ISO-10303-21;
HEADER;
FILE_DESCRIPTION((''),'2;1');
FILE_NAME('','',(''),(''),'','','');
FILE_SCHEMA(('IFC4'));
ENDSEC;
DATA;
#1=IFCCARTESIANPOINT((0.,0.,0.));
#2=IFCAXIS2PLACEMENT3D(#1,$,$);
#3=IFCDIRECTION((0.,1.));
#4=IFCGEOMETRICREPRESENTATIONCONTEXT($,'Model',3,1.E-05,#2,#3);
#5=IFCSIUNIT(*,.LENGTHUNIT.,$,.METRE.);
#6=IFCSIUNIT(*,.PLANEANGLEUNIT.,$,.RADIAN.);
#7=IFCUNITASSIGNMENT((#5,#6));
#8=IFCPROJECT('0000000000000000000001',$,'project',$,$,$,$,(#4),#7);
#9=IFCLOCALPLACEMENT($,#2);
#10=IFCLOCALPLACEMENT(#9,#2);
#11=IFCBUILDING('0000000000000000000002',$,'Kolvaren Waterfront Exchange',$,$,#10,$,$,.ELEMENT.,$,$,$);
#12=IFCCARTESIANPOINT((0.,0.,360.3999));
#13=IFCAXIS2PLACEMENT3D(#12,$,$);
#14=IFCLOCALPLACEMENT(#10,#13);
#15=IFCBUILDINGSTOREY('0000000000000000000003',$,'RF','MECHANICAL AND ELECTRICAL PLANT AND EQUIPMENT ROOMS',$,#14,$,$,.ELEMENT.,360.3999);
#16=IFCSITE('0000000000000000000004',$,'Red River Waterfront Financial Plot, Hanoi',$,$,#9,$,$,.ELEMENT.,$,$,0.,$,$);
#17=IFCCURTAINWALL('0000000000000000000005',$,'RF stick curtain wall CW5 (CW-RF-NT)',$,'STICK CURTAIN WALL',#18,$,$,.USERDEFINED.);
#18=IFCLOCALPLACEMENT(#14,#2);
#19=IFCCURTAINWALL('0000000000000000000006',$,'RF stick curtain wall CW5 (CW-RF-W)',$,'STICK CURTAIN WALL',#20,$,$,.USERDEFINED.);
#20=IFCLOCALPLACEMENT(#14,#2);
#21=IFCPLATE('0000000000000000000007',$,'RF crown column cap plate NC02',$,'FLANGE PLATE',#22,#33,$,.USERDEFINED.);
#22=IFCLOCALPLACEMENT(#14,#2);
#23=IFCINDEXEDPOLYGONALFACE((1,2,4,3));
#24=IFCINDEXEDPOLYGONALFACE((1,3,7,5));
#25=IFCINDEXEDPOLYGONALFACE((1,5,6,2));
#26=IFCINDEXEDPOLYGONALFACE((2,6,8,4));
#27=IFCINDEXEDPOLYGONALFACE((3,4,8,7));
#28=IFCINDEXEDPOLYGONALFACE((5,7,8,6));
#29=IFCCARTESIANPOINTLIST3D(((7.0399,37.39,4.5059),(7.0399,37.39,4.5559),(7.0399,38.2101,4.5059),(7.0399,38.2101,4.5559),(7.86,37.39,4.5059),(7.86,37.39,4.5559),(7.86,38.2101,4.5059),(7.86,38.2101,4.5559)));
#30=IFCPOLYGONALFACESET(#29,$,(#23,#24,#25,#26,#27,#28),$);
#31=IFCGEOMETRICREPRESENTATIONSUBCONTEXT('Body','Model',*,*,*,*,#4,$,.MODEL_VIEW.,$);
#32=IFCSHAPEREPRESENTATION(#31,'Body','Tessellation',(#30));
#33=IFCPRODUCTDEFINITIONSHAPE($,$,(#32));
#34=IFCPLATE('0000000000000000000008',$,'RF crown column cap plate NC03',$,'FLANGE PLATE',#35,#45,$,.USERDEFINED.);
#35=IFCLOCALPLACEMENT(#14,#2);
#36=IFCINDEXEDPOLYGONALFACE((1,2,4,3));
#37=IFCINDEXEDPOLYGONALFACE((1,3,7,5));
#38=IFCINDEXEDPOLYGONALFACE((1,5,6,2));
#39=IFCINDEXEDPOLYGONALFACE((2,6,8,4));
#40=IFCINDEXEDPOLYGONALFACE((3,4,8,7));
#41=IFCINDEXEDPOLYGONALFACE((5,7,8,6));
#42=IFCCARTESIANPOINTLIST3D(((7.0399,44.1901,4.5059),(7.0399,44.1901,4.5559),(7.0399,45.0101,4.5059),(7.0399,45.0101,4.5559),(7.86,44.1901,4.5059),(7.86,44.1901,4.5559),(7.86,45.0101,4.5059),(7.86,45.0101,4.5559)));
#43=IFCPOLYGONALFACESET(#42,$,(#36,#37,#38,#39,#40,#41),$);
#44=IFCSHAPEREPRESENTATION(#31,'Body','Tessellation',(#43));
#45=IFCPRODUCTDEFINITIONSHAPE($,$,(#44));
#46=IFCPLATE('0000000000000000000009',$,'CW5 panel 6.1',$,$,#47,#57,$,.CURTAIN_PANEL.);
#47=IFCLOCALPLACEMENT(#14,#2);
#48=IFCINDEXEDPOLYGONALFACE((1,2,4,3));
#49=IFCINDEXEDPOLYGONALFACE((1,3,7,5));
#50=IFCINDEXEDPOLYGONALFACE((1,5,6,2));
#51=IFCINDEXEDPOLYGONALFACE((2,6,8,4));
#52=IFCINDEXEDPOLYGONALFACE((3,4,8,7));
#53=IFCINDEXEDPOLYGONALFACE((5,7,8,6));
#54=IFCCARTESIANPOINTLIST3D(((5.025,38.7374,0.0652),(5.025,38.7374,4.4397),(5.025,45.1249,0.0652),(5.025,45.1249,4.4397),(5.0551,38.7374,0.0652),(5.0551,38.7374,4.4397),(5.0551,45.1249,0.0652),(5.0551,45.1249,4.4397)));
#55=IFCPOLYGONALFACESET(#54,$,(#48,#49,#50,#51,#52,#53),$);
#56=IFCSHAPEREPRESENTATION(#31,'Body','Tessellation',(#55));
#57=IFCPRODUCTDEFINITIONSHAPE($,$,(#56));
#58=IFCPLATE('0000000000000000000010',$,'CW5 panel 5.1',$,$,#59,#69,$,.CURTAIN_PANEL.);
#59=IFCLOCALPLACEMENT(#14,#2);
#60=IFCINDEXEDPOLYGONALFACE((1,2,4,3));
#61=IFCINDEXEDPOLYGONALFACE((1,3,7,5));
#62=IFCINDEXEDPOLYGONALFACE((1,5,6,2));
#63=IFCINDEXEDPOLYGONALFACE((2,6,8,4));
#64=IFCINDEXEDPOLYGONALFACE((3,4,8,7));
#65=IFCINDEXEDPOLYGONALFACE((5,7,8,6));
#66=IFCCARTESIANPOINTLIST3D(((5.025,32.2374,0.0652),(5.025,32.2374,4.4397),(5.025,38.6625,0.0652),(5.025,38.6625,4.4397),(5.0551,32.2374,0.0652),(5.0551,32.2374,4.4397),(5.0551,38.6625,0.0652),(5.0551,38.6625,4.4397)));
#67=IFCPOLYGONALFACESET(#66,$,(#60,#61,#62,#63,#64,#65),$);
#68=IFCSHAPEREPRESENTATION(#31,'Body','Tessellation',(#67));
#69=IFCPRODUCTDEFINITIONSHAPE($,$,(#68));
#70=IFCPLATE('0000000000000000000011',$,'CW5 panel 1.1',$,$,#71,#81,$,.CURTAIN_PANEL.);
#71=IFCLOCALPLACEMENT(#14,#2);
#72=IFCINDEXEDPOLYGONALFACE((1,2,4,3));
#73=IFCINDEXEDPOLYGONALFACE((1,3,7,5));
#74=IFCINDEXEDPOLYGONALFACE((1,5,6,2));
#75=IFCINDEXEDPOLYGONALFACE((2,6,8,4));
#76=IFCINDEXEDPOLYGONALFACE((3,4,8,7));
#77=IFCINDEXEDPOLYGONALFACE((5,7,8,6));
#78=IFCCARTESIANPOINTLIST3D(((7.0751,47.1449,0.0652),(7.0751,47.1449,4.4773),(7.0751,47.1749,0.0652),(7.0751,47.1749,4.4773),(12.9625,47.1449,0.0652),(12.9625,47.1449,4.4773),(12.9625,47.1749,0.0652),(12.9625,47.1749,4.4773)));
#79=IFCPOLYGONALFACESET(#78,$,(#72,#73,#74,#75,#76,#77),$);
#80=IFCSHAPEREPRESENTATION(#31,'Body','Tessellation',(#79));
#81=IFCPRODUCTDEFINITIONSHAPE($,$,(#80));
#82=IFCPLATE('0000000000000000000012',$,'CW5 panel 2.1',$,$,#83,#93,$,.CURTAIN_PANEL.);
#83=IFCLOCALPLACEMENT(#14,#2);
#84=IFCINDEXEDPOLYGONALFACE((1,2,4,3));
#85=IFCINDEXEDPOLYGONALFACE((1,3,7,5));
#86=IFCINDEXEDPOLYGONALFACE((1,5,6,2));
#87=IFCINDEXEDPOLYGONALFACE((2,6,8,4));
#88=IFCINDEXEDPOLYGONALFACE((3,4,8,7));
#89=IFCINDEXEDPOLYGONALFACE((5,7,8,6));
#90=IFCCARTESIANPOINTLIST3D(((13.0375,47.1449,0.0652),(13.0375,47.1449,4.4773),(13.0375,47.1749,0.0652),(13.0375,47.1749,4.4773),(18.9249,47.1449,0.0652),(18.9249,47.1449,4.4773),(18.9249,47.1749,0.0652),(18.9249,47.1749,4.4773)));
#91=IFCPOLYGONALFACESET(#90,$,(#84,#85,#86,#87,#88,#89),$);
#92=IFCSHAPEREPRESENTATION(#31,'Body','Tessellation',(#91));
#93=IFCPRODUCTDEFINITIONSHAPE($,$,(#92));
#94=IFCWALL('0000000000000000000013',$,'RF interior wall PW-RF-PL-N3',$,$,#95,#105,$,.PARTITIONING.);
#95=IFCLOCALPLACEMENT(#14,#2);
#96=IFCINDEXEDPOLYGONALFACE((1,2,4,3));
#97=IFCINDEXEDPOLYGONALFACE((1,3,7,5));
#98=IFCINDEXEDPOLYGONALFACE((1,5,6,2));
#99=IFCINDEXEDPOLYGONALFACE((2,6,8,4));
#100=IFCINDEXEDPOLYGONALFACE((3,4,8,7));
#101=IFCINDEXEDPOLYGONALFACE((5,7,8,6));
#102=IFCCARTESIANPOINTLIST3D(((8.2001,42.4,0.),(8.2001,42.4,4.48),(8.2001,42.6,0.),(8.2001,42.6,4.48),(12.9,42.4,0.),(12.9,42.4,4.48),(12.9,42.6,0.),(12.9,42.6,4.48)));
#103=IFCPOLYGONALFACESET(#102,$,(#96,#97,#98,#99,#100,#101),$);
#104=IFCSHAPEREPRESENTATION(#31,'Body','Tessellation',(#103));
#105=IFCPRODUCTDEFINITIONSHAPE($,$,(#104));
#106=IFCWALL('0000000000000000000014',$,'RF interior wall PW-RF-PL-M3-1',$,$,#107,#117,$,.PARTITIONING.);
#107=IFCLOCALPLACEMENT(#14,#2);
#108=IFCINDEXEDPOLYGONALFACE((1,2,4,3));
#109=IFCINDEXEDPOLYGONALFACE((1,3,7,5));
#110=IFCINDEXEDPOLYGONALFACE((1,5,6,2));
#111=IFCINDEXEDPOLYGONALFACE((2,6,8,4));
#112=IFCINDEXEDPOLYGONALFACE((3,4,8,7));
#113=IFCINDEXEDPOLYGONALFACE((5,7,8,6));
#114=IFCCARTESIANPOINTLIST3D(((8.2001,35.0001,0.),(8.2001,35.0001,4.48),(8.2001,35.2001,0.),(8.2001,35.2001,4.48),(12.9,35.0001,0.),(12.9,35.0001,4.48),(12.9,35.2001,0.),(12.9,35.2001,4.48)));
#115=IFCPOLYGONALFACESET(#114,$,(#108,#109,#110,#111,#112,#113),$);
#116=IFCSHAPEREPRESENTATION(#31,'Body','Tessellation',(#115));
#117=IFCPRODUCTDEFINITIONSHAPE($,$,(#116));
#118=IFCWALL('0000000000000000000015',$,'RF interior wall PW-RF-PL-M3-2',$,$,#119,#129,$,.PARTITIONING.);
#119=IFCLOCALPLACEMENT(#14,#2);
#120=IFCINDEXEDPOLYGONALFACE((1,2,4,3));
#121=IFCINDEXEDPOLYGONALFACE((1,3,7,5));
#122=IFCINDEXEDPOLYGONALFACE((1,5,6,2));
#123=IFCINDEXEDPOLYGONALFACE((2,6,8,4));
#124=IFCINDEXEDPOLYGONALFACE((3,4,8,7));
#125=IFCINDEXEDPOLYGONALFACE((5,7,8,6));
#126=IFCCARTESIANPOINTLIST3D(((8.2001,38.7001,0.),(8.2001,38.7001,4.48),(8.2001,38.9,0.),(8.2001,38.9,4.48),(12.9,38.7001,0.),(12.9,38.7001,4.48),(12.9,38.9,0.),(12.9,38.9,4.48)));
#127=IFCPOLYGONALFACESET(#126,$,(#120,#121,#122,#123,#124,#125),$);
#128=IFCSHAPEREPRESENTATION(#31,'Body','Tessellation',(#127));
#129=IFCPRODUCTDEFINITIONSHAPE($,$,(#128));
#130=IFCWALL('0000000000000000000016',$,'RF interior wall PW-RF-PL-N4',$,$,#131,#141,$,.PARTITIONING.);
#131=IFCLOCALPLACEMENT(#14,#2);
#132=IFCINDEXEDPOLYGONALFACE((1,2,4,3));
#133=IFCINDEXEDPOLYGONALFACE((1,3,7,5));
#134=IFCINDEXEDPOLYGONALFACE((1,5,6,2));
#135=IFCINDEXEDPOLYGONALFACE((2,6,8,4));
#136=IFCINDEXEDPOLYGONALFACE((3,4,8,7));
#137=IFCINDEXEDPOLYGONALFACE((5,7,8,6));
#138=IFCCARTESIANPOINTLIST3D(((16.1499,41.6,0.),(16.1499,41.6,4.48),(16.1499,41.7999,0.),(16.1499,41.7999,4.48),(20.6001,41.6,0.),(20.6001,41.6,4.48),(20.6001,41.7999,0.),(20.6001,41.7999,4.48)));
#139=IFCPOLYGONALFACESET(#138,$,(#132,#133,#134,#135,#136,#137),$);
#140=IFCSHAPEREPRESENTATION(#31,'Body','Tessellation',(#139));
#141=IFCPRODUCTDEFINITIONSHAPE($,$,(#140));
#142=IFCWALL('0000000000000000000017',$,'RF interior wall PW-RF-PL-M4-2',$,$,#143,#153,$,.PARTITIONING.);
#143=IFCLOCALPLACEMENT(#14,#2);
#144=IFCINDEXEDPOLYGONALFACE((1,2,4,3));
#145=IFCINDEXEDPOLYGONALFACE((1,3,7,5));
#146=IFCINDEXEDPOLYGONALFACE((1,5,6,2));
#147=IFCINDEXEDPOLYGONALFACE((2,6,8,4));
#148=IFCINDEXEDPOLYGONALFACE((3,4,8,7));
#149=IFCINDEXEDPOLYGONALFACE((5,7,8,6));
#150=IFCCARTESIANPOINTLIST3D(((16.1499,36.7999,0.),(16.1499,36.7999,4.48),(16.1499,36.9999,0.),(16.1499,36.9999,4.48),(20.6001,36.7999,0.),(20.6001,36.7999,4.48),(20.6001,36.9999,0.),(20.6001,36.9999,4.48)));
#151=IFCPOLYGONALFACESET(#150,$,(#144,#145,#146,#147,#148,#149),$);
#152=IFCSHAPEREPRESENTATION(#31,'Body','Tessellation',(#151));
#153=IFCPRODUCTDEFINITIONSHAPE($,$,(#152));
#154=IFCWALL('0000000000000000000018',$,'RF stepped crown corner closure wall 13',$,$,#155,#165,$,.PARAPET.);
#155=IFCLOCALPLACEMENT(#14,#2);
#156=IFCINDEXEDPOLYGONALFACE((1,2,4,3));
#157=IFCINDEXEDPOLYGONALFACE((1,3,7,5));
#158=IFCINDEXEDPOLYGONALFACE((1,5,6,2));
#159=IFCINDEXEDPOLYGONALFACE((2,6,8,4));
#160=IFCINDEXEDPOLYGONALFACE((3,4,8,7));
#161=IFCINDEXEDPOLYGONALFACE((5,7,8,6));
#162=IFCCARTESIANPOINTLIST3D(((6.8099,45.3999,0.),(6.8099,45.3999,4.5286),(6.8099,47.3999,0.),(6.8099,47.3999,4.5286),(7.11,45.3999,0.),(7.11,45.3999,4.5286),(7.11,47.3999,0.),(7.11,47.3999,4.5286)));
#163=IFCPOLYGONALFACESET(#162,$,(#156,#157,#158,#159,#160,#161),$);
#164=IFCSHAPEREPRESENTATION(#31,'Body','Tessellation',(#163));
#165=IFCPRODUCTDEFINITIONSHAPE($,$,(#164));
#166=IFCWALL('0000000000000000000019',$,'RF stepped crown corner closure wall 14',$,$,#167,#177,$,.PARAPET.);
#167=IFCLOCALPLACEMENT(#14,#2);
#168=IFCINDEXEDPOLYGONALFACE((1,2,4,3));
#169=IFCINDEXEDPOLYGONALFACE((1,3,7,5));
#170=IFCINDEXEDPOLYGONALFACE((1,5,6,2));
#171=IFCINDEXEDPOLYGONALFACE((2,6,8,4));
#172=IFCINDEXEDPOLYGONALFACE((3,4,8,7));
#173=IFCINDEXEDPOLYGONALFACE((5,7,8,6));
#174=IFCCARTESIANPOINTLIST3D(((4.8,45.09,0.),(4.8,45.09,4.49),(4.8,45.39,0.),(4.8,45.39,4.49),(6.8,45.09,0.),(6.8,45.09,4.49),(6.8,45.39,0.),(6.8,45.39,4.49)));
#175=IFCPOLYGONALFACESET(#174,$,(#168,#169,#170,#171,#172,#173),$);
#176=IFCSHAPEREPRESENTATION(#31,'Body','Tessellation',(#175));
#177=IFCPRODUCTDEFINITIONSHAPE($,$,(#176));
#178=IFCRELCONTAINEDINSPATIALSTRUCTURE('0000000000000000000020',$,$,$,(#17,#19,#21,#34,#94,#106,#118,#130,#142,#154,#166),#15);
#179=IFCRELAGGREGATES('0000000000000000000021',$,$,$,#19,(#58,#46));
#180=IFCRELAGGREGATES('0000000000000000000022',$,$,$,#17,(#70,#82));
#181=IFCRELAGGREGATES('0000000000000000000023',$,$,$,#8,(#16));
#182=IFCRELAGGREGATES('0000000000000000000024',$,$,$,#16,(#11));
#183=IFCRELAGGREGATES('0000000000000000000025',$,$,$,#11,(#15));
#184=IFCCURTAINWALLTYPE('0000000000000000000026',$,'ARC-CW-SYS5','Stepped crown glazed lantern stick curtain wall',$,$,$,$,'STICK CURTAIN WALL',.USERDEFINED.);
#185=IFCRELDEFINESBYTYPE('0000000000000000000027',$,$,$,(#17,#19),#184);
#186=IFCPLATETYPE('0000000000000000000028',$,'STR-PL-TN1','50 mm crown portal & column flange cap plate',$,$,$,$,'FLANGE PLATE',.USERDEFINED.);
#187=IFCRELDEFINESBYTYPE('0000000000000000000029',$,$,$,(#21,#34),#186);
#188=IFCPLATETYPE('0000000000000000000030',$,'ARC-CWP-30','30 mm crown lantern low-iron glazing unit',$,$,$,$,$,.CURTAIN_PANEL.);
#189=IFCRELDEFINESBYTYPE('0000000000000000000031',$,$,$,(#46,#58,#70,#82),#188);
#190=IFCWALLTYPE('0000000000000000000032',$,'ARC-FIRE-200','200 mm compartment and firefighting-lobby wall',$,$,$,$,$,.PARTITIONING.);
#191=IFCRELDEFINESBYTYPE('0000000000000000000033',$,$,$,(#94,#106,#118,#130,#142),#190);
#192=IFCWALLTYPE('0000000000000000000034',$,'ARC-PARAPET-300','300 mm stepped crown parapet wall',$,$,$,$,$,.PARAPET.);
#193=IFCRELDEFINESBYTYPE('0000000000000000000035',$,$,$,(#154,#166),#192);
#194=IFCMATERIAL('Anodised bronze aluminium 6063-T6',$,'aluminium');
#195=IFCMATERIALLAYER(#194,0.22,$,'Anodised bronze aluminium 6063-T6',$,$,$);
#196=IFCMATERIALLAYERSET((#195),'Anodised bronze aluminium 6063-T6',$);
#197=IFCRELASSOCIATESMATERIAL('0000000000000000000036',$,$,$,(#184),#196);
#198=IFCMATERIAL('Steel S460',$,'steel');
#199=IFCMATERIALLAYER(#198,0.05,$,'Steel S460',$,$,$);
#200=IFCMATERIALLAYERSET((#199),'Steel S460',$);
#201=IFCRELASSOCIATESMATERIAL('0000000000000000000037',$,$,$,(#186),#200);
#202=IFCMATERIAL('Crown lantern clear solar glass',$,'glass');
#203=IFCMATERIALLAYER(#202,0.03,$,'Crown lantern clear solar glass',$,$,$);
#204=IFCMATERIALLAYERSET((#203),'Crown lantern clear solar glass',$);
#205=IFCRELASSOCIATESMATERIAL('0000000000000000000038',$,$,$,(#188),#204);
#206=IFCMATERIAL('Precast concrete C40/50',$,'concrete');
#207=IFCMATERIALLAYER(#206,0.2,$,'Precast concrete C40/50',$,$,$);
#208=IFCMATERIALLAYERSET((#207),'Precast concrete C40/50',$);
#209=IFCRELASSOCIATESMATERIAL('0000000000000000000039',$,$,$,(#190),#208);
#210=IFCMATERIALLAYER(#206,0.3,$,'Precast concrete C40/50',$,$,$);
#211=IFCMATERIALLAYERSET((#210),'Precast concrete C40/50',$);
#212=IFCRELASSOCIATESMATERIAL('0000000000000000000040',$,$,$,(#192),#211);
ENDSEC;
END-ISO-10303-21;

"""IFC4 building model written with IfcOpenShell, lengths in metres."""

from ifc_helpers import new_model, si_unit, direction, frame, frame_2d, origin, origin_with_axes, origin_2d, place, context, subcontext, project, spatial, rectangle, extrude, source, transform, mapped, material, layer, layer_set, type_object, element, aggregate, save


model = new_model("IFC4")

# Units and contexts
model_context = context("Model", 3, precision=1e-05, world=origin(), true_north=direction((0.0, 1.0)))
body_context = subcontext(model_context, "Body", "Model", "MODEL_VIEW")
ifc_project = project(units=[si_unit("LENGTHUNIT", "METRE"), si_unit("PLANEANGLEUNIT", "RADIAN")], contexts=[model_context])

# Site, building, storey
site_placement = place(None, origin())
site = spatial("IfcSite", under=ifc_project, at=site_placement, Name="Red River Waterfront Financial Plot, Hanoi", CompositionType="ELEMENT", RefElevation=0.0)
building_placement = place(site_placement, origin())
building = spatial("IfcBuilding", under=site, at=building_placement, Name="Kolvaren Waterfront Exchange", CompositionType="ELEMENT")
storey_placement = place(building_placement, frame((0.0, 0.0, 360.3999)))
storey = spatial("IfcBuildingStorey", under=building, at=storey_placement, Name="RF", Description="MECHANICAL AND ELECTRICAL PLANT AND EQUIPMENT ROOMS", CompositionType="ELEMENT", Elevation=360.3999)

# Curtain walls
ifc_material_1 = material(Name="Anodised bronze aluminium 6063-T6", Category="aluminium")
ifc_layer_1 = layer(ifc_material_1, 0.22, Name="Anodised bronze aluminium 6063-T6")
ifc_layer_set_1 = layer_set([ifc_layer_1], Name="Anodised bronze aluminium 6063-T6")
curtain_wall_type = type_object("IfcCurtainWallType", Name="ARC-CW-SYS5", Description="Stepped crown glazed lantern stick curtain wall", ElementType="STICK CURTAIN WALL", PredefinedType="USERDEFINED", material=ifc_layer_set_1)
curtain_wall_1_placement = place(storey_placement, origin())
curtain_wall_1 = element("IfcCurtainWall", 1, at=curtain_wall_1_placement, inside=storey, type_object=curtain_wall_type, Name="RF stick curtain wall CW5 (CW-RF-NT)", ObjectType="STICK CURTAIN WALL", PredefinedType="USERDEFINED")
curtain_wall_2_placement = place(storey_placement, origin())
curtain_wall_2 = element("IfcCurtainWall", 2, at=curtain_wall_2_placement, inside=storey, type_object=curtain_wall_type, Name="RF stick curtain wall CW5 (CW-RF-W)", ObjectType="STICK CURTAIN WALL", PredefinedType="USERDEFINED")

# Plates
ifc_material_2 = material(Name="Steel S460", Category="steel")
ifc_layer_2 = layer(ifc_material_2, 0.05, Name="Steel S460")
ifc_layer_set_2 = layer_set([ifc_layer_2], Name="Steel S460")
plate_type_1 = type_object("IfcPlateType", Name="STR-PL-TN1", Description="50 mm crown portal & column flange cap plate", ElementType="FLANGE PLATE", PredefinedType="USERDEFINED", material=ifc_layer_set_2)
shared_shape_1 = source(origin_with_axes(), body_context, "Body", "SweptSolid", [
    extrude(rectangle(XDim=0.8201, YDim=0.8201, at=origin_2d()), origin(), (0.0, 0.0, 1.0), 0.05),
])
for number, where, z_axis, x_axis, name in (
    (3, (7.45, 37.8, 4.5059), (0.0, 0.0, 1.0), (1.0, 0.0, 0.0), "RF crown column cap plate NC02"),
    (4, (7.45, 44.6001, 4.5059), (0.0, 0.0, 1.0), (1.0, 0.0, 0.0), "RF crown column cap plate NC03"),
):
    element("IfcPlate", number, at=place(storey_placement, frame(where, z_axis=z_axis, x_axis=x_axis)), inside=storey, type_object=plate_type_1, Name=name, ObjectType="FLANGE PLATE", PredefinedType="USERDEFINED", context=body_context, shape_type="MappedRepresentation", body=[
        mapped(shared_shape_1, transform((0.0, 0.0, 0.0), x_axis=(1.0, 0.0, 0.0), y_axis=(0.0, 1.0, 0.0), z_axis=(0.0, 0.0, 1.0), scale=1.0)),
    ])

# Plates
ifc_material_3 = material(Name="Crown lantern clear solar glass", Category="glass")
ifc_layer_3 = layer(ifc_material_3, 0.03, Name="Crown lantern clear solar glass")
ifc_layer_set_3 = layer_set([ifc_layer_3], Name="Crown lantern clear solar glass")
plate_type_2 = type_object("IfcPlateType", Name="ARC-CWP-30", Description="30 mm crown lantern low-iron glazing unit", PredefinedType="CURTAIN_PANEL", material=ifc_layer_set_3)
shared_shape_2 = source(origin_with_axes(), body_context, "Body", "SweptSolid", [
    extrude(rectangle(XDim=6.3875, YDim=0.03, at=origin_2d()), origin(), (0.0, 0.0, 1.0), 4.3745),
])
plate_1_placement = place(storey_placement, frame((5.04, 41.9312, 0.0652), z_axis=(0.0, 0.0, 1.0), x_axis=(0.0, 1.0, 0.0)))
plate_1 = element("IfcPlate", 5, at=plate_1_placement, type_object=plate_type_2, Name="CW5 panel 6.1", PredefinedType="CURTAIN_PANEL", context=body_context, shape_type="MappedRepresentation", body=[
    mapped(shared_shape_2, transform((0.0, 0.0, 0.0), x_axis=(1.0, 0.0, 0.0), y_axis=(0.0, 1.0, 0.0), z_axis=(0.0, 0.0, 1.0), scale=1.0)),
])
shared_shape_3 = source(origin_with_axes(), body_context, "Body", "SweptSolid", [
    extrude(rectangle(XDim=6.425, YDim=0.03, at=origin_2d()), origin(), (0.0, 0.0, 1.0), 4.3745),
])
plate_2_placement = place(storey_placement, frame((5.04, 35.45, 0.0652), z_axis=(0.0, 0.0, 1.0), x_axis=(0.0, 1.0, 0.0)))
plate_2 = element("IfcPlate", 6, at=plate_2_placement, type_object=plate_type_2, Name="CW5 panel 5.1", PredefinedType="CURTAIN_PANEL", context=body_context, shape_type="MappedRepresentation", body=[
    mapped(shared_shape_3, transform((0.0, 0.0, 0.0), x_axis=(1.0, 0.0, 0.0), y_axis=(0.0, 1.0, 0.0), z_axis=(0.0, 0.0, 1.0), scale=1.0)),
])
aggregate(curtain_wall_2, [plate_2, plate_1])
shared_shape_4 = source(origin_with_axes(), body_context, "Body", "SweptSolid", [
    extrude(rectangle(XDim=5.8875, YDim=0.03, at=origin_2d()), origin(), (0.0, 0.0, 1.0), 4.4121),
])
plate_3_placement = place(storey_placement, frame((10.0188, 47.1599, 0.0652), z_axis=(0.0, 0.0, 1.0), x_axis=(1.0, 0.0, 0.0)))
plate_3 = element("IfcPlate", 7, at=plate_3_placement, type_object=plate_type_2, Name="CW5 panel 1.1", PredefinedType="CURTAIN_PANEL", context=body_context, shape_type="MappedRepresentation", body=[
    mapped(shared_shape_4, transform((0.0, 0.0, 0.0), x_axis=(1.0, 0.0, 0.0), y_axis=(0.0, 1.0, 0.0), z_axis=(0.0, 0.0, 1.0), scale=1.0)),
])
plate_4_placement = place(storey_placement, frame((15.9812, 47.1599, 0.0652), z_axis=(0.0, 0.0, 1.0), x_axis=(1.0, 0.0, 0.0)))
plate_4 = element("IfcPlate", 8, at=plate_4_placement, type_object=plate_type_2, Name="CW5 panel 2.1", PredefinedType="CURTAIN_PANEL", context=body_context, shape_type="MappedRepresentation", body=[
    mapped(shared_shape_4, transform((0.0, 0.0, 0.0), x_axis=(1.0, 0.0, 0.0), y_axis=(0.0, 1.0, 0.0), z_axis=(0.0, 0.0, 1.0), scale=1.0)),
])
aggregate(curtain_wall_1, [plate_3, plate_4])

# Walls
ifc_material_4 = material(Name="Precast concrete C40/50", Category="concrete")
ifc_layer_4 = layer(ifc_material_4, 0.2, Name="Precast concrete C40/50")
ifc_layer_set_4 = layer_set([ifc_layer_4], Name="Precast concrete C40/50")
wall_type_1 = type_object("IfcWallType", Name="ARC-FIRE-200", Description="200 mm compartment and firefighting-lobby wall", PredefinedType="PARTITIONING", material=ifc_layer_set_4)
for number, where, z_axis, x_axis, name in (
    (9, (8.2, 42.5, 0.0), (0.0, 0.0, 1.0), (1.0, 0.0, 0.0), "RF interior wall PW-RF-PL-N3"),
    (10, (8.2, 35.1001, 0.0), (0.0, 0.0, 1.0), (1.0, 0.0, 0.0), "RF interior wall PW-RF-PL-M3-1"),
    (11, (8.2, 38.8, 0.0), (0.0, 0.0, 1.0), (1.0, 0.0, 0.0), "RF interior wall PW-RF-PL-M3-2"),
):
    element("IfcWall", number, at=place(storey_placement, frame(where, z_axis=z_axis, x_axis=x_axis)), inside=storey, type_object=wall_type_1, Name=name, PredefinedType="PARTITIONING", context=body_context, shape_type="SweptSolid", body=[
        extrude(rectangle(XDim=4.7, YDim=0.2, at=frame_2d((2.3501, 0.0))), origin(), (0.0, 0.0, 1.0), 4.48),
    ])
for number, where, z_axis, x_axis, name in (
    (12, (16.1499, 41.7, 0.0), (0.0, 0.0, 1.0), (1.0, 0.0, 0.0), "RF interior wall PW-RF-PL-N4"),
    (13, (16.1499, 36.8999, 0.0), (0.0, 0.0, 1.0), (1.0, 0.0, 0.0), "RF interior wall PW-RF-PL-M4-2"),
):
    element("IfcWall", number, at=place(storey_placement, frame(where, z_axis=z_axis, x_axis=x_axis)), inside=storey, type_object=wall_type_1, Name=name, PredefinedType="PARTITIONING", context=body_context, shape_type="SweptSolid", body=[
        extrude(rectangle(XDim=4.4502, YDim=0.2, at=frame_2d((2.2251, 0.0))), origin(), (0.0, 0.0, 1.0), 4.48),
    ])
ifc_layer_5 = layer(ifc_material_4, 0.3, Name="Precast concrete C40/50")
ifc_layer_set_5 = layer_set([ifc_layer_5], Name="Precast concrete C40/50")
wall_type_2 = type_object("IfcWallType", Name="ARC-PARAPET-300", Description="300 mm stepped crown parapet wall", PredefinedType="PARAPET", material=ifc_layer_set_5)
wall_1_placement = place(storey_placement, frame((6.96, 47.3999, 0.0), z_axis=(0.0, 0.0, 1.0), x_axis=(0.0, -1.0, 0.0)))
element("IfcWall", 14, at=wall_1_placement, inside=storey, type_object=wall_type_2, Name="RF stepped crown corner closure wall 13", PredefinedType="PARAPET", context=body_context, shape_type="SweptSolid", body=[
    extrude(rectangle(XDim=2.0, YDim=0.3, at=frame_2d((1.0, 0.0))), origin(), (0.0, 0.0, 1.0), 4.5286),
])
wall_2_placement = place(storey_placement, frame((6.8, 45.24, 0.0), z_axis=(0.0, 0.0, 1.0), x_axis=(-1.0, 0.0, 0.0)))
element("IfcWall", 15, at=wall_2_placement, inside=storey, type_object=wall_type_2, Name="RF stepped crown corner closure wall 14", PredefinedType="PARAPET", context=body_context, shape_type="SweptSolid", body=[
    extrude(rectangle(XDim=2.0, YDim=0.3, at=frame_2d((1.0, 0.0))), origin(), (0.0, 0.0, 1.0), 4.49),
])

save(model, "model.ifc")
